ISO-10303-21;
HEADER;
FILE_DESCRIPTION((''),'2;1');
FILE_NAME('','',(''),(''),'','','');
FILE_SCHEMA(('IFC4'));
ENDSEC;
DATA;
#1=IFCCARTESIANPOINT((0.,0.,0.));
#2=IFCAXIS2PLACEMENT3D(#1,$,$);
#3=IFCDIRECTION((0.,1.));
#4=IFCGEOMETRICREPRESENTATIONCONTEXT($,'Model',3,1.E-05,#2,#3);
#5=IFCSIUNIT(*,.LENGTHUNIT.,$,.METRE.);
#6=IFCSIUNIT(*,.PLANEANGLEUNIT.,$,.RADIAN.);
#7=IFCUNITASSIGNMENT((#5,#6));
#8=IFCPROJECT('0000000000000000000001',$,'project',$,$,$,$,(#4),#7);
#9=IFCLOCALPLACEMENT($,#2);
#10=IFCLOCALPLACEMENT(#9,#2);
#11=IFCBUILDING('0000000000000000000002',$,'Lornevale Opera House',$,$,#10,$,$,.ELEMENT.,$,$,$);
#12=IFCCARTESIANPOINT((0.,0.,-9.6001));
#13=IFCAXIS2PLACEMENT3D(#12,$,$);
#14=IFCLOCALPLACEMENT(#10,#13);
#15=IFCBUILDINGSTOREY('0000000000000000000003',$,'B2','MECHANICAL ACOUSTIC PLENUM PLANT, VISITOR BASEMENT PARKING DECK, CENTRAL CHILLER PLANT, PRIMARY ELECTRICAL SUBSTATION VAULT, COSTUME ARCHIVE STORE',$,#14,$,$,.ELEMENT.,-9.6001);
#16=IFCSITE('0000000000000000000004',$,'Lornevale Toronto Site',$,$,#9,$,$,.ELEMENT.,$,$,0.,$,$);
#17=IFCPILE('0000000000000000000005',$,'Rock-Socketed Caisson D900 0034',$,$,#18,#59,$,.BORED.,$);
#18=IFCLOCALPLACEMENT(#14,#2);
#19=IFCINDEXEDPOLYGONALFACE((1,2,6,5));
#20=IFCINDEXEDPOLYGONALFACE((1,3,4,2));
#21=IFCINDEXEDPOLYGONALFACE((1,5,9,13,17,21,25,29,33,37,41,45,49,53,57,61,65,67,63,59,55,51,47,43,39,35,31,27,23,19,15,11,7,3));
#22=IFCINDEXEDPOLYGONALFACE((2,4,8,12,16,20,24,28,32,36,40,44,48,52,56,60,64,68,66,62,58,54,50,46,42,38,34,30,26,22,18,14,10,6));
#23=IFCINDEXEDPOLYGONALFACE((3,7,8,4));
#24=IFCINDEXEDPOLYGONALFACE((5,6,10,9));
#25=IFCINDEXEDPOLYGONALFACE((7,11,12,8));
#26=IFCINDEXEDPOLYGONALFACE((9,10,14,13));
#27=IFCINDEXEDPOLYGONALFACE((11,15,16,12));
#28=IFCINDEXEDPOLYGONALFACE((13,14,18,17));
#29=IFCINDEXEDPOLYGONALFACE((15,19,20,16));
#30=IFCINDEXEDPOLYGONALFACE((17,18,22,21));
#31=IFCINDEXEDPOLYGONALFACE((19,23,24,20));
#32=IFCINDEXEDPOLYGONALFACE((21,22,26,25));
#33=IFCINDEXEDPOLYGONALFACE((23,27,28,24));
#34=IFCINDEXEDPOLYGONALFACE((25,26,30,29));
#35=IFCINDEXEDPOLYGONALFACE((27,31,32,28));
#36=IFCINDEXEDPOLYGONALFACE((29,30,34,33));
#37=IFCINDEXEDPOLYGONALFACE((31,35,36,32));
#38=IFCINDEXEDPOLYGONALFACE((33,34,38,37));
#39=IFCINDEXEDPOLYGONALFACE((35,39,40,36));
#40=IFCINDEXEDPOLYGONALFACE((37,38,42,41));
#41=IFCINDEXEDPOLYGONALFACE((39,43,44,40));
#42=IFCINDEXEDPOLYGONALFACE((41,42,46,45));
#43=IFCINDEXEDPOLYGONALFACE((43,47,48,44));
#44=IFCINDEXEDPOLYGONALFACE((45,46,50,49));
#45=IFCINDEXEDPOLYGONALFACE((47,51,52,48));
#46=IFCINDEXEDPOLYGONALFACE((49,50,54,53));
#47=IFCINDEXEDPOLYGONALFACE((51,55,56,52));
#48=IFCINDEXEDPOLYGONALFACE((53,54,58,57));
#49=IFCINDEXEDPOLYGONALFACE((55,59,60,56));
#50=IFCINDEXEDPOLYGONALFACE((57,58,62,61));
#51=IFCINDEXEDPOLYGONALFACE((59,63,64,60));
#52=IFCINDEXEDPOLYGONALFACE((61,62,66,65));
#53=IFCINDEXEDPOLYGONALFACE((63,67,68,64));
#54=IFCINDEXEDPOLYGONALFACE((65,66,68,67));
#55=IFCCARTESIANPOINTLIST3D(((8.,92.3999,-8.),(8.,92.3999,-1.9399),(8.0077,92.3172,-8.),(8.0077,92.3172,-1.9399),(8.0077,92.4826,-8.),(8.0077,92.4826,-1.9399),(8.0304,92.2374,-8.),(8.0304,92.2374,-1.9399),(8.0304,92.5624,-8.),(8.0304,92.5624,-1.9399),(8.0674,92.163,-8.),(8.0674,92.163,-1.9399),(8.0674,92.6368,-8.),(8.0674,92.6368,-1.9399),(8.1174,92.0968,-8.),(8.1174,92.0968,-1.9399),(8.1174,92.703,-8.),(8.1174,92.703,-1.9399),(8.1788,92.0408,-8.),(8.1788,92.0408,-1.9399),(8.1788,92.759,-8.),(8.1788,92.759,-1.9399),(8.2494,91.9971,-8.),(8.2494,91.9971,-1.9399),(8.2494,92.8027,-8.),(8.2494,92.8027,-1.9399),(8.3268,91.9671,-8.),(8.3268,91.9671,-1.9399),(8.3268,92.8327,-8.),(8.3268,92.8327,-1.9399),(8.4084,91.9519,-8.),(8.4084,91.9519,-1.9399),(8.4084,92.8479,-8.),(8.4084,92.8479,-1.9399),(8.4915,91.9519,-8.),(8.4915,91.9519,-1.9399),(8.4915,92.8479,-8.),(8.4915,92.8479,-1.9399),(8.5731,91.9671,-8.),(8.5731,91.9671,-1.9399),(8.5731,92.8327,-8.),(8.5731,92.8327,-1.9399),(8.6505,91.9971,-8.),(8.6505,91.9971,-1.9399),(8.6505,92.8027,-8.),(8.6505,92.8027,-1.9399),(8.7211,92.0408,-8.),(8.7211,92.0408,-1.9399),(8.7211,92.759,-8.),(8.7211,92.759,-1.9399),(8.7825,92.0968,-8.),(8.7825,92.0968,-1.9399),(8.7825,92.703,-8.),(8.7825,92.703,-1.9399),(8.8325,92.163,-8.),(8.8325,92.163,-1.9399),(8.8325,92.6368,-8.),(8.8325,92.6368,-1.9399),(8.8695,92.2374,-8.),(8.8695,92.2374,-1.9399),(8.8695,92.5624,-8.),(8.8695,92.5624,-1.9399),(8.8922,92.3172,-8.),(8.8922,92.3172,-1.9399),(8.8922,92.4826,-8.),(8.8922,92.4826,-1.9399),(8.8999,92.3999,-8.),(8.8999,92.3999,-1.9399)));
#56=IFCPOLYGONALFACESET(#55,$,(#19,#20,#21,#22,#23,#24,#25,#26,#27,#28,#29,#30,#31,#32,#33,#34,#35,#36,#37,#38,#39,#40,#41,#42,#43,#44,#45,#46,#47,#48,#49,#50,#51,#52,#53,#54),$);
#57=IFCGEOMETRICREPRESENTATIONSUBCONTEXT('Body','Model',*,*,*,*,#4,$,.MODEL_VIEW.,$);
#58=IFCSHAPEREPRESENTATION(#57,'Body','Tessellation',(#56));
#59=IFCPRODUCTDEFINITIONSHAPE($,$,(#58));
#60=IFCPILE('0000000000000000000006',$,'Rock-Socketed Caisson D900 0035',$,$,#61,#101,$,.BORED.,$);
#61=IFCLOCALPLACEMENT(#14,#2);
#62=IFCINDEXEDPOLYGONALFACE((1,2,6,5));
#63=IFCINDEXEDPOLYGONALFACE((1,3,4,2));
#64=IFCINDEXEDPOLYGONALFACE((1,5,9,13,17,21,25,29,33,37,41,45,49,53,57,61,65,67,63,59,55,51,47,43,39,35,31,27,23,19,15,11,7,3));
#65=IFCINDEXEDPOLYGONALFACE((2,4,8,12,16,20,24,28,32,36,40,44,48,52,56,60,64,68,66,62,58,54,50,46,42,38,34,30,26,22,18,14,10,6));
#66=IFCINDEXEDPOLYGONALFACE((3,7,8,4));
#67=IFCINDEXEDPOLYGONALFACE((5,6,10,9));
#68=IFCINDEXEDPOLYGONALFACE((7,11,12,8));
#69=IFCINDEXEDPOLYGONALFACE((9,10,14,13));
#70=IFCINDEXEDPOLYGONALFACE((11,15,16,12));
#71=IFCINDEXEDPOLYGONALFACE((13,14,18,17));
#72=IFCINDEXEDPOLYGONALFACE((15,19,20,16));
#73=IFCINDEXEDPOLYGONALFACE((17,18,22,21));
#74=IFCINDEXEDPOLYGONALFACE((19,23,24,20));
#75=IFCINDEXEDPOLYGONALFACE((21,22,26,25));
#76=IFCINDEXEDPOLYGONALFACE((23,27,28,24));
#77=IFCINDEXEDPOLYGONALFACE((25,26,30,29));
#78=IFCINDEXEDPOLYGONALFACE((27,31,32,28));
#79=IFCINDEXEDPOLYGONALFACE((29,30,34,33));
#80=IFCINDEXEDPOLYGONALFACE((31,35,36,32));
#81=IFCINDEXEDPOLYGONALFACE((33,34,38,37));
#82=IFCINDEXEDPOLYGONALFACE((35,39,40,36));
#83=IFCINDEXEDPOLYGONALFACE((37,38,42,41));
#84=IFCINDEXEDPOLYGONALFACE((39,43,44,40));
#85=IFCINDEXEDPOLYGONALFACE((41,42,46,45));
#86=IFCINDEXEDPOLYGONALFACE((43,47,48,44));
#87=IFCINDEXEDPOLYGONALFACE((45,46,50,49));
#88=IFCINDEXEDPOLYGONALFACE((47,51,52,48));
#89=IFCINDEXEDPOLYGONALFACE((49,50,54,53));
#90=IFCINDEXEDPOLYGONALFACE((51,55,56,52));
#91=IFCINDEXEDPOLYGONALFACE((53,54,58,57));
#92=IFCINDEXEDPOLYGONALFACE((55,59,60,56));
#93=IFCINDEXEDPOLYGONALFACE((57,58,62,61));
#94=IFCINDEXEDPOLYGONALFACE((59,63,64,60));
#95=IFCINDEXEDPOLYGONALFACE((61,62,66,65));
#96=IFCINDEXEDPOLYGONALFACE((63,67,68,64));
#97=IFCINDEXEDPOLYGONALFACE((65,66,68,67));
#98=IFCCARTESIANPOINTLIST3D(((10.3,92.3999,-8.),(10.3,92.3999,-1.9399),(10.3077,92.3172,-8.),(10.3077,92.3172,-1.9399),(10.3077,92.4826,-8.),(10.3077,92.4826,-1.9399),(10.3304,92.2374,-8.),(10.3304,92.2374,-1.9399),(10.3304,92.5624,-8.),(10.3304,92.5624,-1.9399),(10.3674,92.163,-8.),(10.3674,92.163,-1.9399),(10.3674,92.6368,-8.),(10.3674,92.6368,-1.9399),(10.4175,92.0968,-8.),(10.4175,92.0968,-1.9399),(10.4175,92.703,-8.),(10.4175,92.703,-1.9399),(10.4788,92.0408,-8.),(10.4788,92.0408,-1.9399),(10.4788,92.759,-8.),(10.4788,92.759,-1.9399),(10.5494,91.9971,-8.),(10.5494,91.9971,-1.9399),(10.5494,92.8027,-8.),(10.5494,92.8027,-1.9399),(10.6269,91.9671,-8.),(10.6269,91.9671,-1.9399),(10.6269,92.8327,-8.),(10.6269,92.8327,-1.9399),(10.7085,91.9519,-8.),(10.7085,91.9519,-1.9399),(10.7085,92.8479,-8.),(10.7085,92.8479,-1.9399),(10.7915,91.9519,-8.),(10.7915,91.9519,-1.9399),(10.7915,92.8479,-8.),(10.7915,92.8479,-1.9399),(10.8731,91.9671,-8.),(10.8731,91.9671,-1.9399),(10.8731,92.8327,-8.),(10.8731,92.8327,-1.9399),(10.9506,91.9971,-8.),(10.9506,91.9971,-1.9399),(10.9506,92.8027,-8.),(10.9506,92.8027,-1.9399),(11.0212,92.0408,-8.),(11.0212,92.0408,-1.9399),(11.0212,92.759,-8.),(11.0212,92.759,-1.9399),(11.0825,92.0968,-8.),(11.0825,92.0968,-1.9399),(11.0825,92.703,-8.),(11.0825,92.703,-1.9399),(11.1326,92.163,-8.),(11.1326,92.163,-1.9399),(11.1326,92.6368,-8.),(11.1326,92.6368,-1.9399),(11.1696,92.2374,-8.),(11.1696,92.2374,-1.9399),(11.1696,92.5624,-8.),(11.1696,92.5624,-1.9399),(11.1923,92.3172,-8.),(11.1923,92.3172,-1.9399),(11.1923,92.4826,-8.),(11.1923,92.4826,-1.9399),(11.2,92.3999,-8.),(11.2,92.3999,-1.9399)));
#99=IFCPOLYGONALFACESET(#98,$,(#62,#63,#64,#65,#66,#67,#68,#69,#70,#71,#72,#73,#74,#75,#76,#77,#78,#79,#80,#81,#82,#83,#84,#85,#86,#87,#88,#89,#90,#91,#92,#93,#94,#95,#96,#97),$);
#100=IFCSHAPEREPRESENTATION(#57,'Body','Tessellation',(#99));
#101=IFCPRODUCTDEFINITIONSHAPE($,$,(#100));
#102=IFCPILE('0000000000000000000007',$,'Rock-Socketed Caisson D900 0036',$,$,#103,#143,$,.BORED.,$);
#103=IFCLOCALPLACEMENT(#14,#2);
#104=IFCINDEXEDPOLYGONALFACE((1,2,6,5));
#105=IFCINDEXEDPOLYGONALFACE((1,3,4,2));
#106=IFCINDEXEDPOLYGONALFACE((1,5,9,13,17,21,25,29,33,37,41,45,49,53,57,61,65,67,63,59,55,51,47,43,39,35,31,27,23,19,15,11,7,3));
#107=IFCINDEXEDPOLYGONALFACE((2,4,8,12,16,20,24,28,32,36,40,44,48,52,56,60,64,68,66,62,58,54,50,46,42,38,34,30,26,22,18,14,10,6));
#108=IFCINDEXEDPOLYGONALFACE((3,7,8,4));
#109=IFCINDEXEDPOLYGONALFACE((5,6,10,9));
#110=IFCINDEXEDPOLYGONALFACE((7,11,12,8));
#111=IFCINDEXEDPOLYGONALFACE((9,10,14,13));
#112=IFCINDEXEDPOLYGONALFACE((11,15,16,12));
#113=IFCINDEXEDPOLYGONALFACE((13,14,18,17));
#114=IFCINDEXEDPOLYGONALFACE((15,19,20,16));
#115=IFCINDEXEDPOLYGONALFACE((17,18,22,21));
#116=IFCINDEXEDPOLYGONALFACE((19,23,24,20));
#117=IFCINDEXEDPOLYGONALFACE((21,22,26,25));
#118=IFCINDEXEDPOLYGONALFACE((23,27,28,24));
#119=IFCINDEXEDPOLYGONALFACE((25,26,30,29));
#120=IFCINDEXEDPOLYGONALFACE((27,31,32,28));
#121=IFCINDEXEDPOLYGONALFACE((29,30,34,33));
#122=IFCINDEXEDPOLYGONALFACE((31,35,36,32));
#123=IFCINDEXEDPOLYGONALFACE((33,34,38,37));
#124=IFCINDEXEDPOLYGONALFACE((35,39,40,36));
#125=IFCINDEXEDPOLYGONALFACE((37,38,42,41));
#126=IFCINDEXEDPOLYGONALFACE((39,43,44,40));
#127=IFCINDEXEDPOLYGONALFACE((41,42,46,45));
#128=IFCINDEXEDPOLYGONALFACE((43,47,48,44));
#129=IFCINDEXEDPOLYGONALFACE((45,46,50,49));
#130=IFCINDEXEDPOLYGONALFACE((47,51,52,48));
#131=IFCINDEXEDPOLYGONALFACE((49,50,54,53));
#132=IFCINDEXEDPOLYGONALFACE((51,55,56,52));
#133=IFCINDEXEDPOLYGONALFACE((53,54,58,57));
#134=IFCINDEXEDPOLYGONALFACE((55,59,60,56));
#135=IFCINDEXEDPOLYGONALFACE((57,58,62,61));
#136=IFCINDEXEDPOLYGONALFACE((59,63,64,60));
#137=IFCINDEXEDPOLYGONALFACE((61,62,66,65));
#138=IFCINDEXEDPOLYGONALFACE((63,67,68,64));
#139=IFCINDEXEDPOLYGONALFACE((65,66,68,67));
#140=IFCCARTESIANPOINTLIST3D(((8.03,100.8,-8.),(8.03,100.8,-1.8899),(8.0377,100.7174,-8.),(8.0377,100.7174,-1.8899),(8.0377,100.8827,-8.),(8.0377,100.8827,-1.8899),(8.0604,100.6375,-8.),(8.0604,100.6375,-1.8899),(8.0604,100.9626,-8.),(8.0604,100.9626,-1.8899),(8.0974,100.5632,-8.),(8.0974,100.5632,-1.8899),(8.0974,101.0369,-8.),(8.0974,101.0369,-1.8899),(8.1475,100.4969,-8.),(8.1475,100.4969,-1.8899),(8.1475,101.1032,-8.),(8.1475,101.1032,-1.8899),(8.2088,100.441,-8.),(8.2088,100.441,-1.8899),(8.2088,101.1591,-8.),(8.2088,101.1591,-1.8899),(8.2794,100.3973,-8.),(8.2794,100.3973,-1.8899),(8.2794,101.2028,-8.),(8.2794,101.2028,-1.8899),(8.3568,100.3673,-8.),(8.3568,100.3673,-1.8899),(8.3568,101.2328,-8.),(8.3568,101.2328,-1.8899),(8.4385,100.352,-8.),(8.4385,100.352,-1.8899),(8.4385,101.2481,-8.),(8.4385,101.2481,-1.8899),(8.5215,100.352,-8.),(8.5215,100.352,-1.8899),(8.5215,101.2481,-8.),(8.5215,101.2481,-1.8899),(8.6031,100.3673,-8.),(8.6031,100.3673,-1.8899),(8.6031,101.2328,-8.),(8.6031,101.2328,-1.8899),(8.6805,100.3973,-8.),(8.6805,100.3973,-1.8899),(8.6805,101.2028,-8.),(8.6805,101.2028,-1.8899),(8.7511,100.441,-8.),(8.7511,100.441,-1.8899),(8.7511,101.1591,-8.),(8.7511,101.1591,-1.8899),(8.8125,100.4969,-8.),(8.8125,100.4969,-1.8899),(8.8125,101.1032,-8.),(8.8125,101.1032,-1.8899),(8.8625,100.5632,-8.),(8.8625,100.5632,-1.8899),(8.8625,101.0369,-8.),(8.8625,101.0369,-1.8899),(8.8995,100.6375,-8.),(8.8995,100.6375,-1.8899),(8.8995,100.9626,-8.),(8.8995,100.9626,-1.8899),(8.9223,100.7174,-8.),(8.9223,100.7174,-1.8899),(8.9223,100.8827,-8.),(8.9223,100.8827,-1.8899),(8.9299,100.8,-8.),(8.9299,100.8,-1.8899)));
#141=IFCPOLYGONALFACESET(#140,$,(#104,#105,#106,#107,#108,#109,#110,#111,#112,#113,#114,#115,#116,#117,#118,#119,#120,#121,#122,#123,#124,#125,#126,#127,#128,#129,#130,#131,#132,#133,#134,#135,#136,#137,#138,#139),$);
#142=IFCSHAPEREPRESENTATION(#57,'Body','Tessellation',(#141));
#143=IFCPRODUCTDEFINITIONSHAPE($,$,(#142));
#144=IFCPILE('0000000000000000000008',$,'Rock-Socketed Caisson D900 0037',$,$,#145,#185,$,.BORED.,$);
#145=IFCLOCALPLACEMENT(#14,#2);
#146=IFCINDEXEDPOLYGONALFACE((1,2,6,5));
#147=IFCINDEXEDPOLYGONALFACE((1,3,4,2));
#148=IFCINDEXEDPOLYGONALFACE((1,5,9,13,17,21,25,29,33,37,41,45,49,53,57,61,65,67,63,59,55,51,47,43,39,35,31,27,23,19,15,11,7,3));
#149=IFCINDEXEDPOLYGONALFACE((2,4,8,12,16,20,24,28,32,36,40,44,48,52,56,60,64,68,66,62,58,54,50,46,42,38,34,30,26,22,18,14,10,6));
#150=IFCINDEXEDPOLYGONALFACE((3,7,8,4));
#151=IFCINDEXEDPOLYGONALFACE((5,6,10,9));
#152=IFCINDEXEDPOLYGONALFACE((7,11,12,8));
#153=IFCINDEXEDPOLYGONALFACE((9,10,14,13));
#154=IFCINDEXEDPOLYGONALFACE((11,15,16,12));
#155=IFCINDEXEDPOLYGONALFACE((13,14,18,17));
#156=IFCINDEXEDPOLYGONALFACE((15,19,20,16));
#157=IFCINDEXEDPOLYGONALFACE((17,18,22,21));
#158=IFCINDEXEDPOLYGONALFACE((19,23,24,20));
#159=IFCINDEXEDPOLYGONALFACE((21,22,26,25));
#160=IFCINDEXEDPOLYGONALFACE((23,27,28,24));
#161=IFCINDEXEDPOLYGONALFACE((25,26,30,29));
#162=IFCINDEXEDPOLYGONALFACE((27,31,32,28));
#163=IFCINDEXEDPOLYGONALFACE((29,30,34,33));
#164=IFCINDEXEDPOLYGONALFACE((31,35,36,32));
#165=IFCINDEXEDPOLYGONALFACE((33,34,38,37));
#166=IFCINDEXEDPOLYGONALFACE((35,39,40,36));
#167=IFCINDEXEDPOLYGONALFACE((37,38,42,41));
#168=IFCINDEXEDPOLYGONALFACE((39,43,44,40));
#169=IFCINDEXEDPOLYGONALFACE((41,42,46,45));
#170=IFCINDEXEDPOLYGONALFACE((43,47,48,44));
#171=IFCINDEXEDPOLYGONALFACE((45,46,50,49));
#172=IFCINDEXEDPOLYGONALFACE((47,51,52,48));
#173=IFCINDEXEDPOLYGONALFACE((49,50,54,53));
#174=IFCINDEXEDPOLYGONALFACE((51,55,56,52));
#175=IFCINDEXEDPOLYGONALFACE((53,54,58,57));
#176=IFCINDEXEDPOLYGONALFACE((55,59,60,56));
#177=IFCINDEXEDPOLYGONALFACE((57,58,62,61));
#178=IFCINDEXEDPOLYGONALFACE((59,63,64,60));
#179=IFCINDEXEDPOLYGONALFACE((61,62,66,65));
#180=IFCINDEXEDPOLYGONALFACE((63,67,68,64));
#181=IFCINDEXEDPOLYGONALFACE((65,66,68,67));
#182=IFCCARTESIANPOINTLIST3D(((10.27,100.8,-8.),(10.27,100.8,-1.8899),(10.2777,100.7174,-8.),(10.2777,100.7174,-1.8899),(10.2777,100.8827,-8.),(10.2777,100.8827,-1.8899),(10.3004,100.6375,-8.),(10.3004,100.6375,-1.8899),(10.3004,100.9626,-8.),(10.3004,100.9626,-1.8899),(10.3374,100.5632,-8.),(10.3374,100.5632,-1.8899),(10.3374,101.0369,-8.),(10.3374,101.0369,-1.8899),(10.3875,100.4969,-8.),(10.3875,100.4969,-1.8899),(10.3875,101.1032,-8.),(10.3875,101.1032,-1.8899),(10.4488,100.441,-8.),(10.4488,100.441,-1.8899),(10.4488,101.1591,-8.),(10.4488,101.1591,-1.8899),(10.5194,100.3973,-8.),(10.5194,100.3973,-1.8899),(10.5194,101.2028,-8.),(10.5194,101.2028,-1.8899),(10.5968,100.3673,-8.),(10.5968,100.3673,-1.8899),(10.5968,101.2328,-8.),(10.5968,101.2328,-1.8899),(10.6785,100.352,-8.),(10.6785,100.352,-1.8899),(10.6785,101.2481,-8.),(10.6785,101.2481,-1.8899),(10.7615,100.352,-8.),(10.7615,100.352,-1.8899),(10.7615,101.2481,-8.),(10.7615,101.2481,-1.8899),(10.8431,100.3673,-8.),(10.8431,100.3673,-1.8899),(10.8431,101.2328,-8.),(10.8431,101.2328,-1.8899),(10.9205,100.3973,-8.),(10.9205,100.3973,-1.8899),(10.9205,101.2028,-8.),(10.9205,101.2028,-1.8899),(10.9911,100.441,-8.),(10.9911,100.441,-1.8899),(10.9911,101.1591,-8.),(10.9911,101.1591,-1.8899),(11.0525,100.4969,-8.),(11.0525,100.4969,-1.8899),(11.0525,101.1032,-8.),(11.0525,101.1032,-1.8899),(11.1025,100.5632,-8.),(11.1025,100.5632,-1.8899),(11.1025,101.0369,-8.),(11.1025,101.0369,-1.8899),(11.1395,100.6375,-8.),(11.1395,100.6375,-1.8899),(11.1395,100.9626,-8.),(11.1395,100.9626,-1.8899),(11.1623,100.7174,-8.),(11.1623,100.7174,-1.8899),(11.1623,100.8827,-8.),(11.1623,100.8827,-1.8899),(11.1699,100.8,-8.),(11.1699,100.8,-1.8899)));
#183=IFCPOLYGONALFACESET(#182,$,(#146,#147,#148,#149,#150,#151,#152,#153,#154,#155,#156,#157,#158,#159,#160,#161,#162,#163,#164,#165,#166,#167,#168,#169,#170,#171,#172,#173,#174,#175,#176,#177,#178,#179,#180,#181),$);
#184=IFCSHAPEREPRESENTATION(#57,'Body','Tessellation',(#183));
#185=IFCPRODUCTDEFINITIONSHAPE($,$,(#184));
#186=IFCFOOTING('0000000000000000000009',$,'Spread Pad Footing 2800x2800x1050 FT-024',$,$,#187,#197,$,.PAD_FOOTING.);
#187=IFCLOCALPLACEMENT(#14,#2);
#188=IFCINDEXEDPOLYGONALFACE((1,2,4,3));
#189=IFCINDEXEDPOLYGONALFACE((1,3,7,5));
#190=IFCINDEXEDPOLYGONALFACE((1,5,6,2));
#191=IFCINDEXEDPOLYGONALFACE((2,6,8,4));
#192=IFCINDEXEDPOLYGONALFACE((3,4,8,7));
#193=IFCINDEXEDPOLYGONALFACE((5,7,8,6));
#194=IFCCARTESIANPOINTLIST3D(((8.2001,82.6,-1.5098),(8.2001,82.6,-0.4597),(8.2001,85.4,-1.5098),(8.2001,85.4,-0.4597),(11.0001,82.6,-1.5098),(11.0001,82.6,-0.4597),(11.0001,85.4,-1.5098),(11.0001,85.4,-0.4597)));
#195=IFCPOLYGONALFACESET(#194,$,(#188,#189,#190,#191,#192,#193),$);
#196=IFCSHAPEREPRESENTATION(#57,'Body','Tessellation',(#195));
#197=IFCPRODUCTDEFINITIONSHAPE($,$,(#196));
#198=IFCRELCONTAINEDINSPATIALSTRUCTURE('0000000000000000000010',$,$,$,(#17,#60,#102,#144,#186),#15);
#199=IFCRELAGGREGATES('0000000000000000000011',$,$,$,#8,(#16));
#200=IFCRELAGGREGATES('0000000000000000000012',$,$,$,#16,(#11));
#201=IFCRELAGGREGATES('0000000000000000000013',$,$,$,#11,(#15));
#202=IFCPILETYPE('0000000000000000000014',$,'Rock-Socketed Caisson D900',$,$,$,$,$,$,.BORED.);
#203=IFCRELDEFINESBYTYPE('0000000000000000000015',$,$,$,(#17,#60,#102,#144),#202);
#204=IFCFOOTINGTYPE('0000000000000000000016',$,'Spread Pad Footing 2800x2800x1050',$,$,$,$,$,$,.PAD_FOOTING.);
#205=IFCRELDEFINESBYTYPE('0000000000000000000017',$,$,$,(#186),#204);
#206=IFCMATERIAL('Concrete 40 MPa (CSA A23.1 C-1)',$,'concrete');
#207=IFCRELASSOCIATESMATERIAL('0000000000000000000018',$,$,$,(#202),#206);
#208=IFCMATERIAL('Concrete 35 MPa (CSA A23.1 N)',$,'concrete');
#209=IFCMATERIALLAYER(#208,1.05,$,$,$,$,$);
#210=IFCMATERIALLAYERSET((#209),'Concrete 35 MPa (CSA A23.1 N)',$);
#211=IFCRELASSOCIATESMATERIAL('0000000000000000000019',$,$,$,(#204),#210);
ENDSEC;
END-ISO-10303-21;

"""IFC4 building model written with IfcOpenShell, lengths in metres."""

from ifc_helpers import new_model, si_unit, direction, frame, origin, origin_2d, place, context, subcontext, project, spatial, rectangle, circle, extrude, material, layer, layer_set, material_profile, profile_set, type_object, element, save


model = new_model("IFC4")

# Units and contexts
model_context = context("Model", 3, precision=1e-05, world=origin(), true_north=direction((0.0, 1.0)))
body_context = subcontext(model_context, "Body", "Model", "MODEL_VIEW")
ifc_project = project(units=[si_unit("LENGTHUNIT", "METRE"), si_unit("PLANEANGLEUNIT", "RADIAN")], contexts=[model_context])

# Site, building, storey
site_placement = place(None, origin())
site = spatial("IfcSite", under=ifc_project, at=site_placement, Name="Lornevale Toronto Site", CompositionType="ELEMENT", RefElevation=0.0)
building_placement = place(site_placement, origin())
building = spatial("IfcBuilding", under=site, at=building_placement, Name="Lornevale Opera House", CompositionType="ELEMENT")
storey_placement = place(building_placement, frame((0.0, 0.0, -9.6001)))
storey = spatial("IfcBuildingStorey", under=building, at=storey_placement, Name="B2", Description="MECHANICAL ACOUSTIC PLENUM PLANT, VISITOR BASEMENT PARKING DECK, CENTRAL CHILLER PLANT, PRIMARY ELECTRICAL SUBSTATION VAULT, COSTUME ARCHIVE STORE", CompositionType="ELEMENT", Elevation=-9.6001)

# Shared definitions
ifc_material_1 = material(Name="Concrete 35 MPa (CSA A23.1 N)", Category="concrete")

# Piles
ifc_material_2 = material(Name="Concrete 40 MPa (CSA A23.1 C-1)", Category="concrete")
ifc_material_profile_1 = material_profile(ifc_material_2, circle(Radius=0.45, at=origin_2d()), Name="CAIS900")
ifc_profile_set_1 = profile_set([ifc_material_profile_1], Name="Concrete 40 MPa (CSA A23.1 C-1)")
pile_type_1 = type_object("IfcPileType", Name="Rock-Socketed Caisson D900", PredefinedType="BORED", material=ifc_profile_set_1)
for number, where, z_axis, x_axis, name in (
    (1, (8.45, 92.3999, -1.9399), (0.0, 0.0, -1.0), (1.0, 0.0, 0.0), "Rock-Socketed Caisson D900 0034"),
    (2, (10.75, 92.3999, -1.9399), (0.0, 0.0, -1.0), (1.0, 0.0, 0.0), "Rock-Socketed Caisson D900 0035"),
):
    element("IfcPile", number, at=place(storey_placement, frame(where, z_axis=z_axis, x_axis=x_axis)), inside=storey, type_object=pile_type_1, Name=name, PredefinedType="BORED", context=body_context, shape_type="SweptSolid", body=[
        extrude(circle(Radius=0.45, at=origin_2d()), origin(), (0.0, 0.0, 1.0), 6.0601),
    ])
for number, where, z_axis, x_axis, name in (
    (3, (8.48, 100.8, -1.8899), (0.0, 0.0, -1.0), (1.0, 0.0, 0.0), "Rock-Socketed Caisson D900 0036"),
    (4, (10.72, 100.8, -1.8899), (0.0, 0.0, -1.0), (1.0, 0.0, 0.0), "Rock-Socketed Caisson D900 0037"),
):
    element("IfcPile", number, at=place(storey_placement, frame(where, z_axis=z_axis, x_axis=x_axis)), inside=storey, type_object=pile_type_1, Name=name, PredefinedType="BORED", context=body_context, shape_type="SweptSolid", body=[
        extrude(circle(Radius=0.45, at=origin_2d()), origin(), (0.0, 0.0, 1.0), 6.1101),
    ])

# Footing
ifc_layer_1 = layer(ifc_material_1, 1.05)
ifc_layer_set_1 = layer_set([ifc_layer_1], Name="Concrete 35 MPa (CSA A23.1 N)")
footing_type_1 = type_object("IfcFootingType", Name="Spread Pad Footing 2800x2800x1050", PredefinedType="PAD_FOOTING", material=ifc_layer_set_1)
footing_1_placement = place(storey_placement, frame((9.6001, 84.0, -1.5098), z_axis=(0.0, 0.0, 1.0), x_axis=(1.0, 0.0, 0.0)))
element("IfcFooting", 5, at=footing_1_placement, inside=storey, type_object=footing_type_1, Name="Spread Pad Footing 2800x2800x1050 FT-024", PredefinedType="PAD_FOOTING", context=body_context, shape_type="SweptSolid", body=[
    extrude(rectangle(XDim=2.8, YDim=2.8, at=origin_2d()), origin(), (0.0, 0.0, 1.0), 1.05),
])

save(model, "model.ifc")
